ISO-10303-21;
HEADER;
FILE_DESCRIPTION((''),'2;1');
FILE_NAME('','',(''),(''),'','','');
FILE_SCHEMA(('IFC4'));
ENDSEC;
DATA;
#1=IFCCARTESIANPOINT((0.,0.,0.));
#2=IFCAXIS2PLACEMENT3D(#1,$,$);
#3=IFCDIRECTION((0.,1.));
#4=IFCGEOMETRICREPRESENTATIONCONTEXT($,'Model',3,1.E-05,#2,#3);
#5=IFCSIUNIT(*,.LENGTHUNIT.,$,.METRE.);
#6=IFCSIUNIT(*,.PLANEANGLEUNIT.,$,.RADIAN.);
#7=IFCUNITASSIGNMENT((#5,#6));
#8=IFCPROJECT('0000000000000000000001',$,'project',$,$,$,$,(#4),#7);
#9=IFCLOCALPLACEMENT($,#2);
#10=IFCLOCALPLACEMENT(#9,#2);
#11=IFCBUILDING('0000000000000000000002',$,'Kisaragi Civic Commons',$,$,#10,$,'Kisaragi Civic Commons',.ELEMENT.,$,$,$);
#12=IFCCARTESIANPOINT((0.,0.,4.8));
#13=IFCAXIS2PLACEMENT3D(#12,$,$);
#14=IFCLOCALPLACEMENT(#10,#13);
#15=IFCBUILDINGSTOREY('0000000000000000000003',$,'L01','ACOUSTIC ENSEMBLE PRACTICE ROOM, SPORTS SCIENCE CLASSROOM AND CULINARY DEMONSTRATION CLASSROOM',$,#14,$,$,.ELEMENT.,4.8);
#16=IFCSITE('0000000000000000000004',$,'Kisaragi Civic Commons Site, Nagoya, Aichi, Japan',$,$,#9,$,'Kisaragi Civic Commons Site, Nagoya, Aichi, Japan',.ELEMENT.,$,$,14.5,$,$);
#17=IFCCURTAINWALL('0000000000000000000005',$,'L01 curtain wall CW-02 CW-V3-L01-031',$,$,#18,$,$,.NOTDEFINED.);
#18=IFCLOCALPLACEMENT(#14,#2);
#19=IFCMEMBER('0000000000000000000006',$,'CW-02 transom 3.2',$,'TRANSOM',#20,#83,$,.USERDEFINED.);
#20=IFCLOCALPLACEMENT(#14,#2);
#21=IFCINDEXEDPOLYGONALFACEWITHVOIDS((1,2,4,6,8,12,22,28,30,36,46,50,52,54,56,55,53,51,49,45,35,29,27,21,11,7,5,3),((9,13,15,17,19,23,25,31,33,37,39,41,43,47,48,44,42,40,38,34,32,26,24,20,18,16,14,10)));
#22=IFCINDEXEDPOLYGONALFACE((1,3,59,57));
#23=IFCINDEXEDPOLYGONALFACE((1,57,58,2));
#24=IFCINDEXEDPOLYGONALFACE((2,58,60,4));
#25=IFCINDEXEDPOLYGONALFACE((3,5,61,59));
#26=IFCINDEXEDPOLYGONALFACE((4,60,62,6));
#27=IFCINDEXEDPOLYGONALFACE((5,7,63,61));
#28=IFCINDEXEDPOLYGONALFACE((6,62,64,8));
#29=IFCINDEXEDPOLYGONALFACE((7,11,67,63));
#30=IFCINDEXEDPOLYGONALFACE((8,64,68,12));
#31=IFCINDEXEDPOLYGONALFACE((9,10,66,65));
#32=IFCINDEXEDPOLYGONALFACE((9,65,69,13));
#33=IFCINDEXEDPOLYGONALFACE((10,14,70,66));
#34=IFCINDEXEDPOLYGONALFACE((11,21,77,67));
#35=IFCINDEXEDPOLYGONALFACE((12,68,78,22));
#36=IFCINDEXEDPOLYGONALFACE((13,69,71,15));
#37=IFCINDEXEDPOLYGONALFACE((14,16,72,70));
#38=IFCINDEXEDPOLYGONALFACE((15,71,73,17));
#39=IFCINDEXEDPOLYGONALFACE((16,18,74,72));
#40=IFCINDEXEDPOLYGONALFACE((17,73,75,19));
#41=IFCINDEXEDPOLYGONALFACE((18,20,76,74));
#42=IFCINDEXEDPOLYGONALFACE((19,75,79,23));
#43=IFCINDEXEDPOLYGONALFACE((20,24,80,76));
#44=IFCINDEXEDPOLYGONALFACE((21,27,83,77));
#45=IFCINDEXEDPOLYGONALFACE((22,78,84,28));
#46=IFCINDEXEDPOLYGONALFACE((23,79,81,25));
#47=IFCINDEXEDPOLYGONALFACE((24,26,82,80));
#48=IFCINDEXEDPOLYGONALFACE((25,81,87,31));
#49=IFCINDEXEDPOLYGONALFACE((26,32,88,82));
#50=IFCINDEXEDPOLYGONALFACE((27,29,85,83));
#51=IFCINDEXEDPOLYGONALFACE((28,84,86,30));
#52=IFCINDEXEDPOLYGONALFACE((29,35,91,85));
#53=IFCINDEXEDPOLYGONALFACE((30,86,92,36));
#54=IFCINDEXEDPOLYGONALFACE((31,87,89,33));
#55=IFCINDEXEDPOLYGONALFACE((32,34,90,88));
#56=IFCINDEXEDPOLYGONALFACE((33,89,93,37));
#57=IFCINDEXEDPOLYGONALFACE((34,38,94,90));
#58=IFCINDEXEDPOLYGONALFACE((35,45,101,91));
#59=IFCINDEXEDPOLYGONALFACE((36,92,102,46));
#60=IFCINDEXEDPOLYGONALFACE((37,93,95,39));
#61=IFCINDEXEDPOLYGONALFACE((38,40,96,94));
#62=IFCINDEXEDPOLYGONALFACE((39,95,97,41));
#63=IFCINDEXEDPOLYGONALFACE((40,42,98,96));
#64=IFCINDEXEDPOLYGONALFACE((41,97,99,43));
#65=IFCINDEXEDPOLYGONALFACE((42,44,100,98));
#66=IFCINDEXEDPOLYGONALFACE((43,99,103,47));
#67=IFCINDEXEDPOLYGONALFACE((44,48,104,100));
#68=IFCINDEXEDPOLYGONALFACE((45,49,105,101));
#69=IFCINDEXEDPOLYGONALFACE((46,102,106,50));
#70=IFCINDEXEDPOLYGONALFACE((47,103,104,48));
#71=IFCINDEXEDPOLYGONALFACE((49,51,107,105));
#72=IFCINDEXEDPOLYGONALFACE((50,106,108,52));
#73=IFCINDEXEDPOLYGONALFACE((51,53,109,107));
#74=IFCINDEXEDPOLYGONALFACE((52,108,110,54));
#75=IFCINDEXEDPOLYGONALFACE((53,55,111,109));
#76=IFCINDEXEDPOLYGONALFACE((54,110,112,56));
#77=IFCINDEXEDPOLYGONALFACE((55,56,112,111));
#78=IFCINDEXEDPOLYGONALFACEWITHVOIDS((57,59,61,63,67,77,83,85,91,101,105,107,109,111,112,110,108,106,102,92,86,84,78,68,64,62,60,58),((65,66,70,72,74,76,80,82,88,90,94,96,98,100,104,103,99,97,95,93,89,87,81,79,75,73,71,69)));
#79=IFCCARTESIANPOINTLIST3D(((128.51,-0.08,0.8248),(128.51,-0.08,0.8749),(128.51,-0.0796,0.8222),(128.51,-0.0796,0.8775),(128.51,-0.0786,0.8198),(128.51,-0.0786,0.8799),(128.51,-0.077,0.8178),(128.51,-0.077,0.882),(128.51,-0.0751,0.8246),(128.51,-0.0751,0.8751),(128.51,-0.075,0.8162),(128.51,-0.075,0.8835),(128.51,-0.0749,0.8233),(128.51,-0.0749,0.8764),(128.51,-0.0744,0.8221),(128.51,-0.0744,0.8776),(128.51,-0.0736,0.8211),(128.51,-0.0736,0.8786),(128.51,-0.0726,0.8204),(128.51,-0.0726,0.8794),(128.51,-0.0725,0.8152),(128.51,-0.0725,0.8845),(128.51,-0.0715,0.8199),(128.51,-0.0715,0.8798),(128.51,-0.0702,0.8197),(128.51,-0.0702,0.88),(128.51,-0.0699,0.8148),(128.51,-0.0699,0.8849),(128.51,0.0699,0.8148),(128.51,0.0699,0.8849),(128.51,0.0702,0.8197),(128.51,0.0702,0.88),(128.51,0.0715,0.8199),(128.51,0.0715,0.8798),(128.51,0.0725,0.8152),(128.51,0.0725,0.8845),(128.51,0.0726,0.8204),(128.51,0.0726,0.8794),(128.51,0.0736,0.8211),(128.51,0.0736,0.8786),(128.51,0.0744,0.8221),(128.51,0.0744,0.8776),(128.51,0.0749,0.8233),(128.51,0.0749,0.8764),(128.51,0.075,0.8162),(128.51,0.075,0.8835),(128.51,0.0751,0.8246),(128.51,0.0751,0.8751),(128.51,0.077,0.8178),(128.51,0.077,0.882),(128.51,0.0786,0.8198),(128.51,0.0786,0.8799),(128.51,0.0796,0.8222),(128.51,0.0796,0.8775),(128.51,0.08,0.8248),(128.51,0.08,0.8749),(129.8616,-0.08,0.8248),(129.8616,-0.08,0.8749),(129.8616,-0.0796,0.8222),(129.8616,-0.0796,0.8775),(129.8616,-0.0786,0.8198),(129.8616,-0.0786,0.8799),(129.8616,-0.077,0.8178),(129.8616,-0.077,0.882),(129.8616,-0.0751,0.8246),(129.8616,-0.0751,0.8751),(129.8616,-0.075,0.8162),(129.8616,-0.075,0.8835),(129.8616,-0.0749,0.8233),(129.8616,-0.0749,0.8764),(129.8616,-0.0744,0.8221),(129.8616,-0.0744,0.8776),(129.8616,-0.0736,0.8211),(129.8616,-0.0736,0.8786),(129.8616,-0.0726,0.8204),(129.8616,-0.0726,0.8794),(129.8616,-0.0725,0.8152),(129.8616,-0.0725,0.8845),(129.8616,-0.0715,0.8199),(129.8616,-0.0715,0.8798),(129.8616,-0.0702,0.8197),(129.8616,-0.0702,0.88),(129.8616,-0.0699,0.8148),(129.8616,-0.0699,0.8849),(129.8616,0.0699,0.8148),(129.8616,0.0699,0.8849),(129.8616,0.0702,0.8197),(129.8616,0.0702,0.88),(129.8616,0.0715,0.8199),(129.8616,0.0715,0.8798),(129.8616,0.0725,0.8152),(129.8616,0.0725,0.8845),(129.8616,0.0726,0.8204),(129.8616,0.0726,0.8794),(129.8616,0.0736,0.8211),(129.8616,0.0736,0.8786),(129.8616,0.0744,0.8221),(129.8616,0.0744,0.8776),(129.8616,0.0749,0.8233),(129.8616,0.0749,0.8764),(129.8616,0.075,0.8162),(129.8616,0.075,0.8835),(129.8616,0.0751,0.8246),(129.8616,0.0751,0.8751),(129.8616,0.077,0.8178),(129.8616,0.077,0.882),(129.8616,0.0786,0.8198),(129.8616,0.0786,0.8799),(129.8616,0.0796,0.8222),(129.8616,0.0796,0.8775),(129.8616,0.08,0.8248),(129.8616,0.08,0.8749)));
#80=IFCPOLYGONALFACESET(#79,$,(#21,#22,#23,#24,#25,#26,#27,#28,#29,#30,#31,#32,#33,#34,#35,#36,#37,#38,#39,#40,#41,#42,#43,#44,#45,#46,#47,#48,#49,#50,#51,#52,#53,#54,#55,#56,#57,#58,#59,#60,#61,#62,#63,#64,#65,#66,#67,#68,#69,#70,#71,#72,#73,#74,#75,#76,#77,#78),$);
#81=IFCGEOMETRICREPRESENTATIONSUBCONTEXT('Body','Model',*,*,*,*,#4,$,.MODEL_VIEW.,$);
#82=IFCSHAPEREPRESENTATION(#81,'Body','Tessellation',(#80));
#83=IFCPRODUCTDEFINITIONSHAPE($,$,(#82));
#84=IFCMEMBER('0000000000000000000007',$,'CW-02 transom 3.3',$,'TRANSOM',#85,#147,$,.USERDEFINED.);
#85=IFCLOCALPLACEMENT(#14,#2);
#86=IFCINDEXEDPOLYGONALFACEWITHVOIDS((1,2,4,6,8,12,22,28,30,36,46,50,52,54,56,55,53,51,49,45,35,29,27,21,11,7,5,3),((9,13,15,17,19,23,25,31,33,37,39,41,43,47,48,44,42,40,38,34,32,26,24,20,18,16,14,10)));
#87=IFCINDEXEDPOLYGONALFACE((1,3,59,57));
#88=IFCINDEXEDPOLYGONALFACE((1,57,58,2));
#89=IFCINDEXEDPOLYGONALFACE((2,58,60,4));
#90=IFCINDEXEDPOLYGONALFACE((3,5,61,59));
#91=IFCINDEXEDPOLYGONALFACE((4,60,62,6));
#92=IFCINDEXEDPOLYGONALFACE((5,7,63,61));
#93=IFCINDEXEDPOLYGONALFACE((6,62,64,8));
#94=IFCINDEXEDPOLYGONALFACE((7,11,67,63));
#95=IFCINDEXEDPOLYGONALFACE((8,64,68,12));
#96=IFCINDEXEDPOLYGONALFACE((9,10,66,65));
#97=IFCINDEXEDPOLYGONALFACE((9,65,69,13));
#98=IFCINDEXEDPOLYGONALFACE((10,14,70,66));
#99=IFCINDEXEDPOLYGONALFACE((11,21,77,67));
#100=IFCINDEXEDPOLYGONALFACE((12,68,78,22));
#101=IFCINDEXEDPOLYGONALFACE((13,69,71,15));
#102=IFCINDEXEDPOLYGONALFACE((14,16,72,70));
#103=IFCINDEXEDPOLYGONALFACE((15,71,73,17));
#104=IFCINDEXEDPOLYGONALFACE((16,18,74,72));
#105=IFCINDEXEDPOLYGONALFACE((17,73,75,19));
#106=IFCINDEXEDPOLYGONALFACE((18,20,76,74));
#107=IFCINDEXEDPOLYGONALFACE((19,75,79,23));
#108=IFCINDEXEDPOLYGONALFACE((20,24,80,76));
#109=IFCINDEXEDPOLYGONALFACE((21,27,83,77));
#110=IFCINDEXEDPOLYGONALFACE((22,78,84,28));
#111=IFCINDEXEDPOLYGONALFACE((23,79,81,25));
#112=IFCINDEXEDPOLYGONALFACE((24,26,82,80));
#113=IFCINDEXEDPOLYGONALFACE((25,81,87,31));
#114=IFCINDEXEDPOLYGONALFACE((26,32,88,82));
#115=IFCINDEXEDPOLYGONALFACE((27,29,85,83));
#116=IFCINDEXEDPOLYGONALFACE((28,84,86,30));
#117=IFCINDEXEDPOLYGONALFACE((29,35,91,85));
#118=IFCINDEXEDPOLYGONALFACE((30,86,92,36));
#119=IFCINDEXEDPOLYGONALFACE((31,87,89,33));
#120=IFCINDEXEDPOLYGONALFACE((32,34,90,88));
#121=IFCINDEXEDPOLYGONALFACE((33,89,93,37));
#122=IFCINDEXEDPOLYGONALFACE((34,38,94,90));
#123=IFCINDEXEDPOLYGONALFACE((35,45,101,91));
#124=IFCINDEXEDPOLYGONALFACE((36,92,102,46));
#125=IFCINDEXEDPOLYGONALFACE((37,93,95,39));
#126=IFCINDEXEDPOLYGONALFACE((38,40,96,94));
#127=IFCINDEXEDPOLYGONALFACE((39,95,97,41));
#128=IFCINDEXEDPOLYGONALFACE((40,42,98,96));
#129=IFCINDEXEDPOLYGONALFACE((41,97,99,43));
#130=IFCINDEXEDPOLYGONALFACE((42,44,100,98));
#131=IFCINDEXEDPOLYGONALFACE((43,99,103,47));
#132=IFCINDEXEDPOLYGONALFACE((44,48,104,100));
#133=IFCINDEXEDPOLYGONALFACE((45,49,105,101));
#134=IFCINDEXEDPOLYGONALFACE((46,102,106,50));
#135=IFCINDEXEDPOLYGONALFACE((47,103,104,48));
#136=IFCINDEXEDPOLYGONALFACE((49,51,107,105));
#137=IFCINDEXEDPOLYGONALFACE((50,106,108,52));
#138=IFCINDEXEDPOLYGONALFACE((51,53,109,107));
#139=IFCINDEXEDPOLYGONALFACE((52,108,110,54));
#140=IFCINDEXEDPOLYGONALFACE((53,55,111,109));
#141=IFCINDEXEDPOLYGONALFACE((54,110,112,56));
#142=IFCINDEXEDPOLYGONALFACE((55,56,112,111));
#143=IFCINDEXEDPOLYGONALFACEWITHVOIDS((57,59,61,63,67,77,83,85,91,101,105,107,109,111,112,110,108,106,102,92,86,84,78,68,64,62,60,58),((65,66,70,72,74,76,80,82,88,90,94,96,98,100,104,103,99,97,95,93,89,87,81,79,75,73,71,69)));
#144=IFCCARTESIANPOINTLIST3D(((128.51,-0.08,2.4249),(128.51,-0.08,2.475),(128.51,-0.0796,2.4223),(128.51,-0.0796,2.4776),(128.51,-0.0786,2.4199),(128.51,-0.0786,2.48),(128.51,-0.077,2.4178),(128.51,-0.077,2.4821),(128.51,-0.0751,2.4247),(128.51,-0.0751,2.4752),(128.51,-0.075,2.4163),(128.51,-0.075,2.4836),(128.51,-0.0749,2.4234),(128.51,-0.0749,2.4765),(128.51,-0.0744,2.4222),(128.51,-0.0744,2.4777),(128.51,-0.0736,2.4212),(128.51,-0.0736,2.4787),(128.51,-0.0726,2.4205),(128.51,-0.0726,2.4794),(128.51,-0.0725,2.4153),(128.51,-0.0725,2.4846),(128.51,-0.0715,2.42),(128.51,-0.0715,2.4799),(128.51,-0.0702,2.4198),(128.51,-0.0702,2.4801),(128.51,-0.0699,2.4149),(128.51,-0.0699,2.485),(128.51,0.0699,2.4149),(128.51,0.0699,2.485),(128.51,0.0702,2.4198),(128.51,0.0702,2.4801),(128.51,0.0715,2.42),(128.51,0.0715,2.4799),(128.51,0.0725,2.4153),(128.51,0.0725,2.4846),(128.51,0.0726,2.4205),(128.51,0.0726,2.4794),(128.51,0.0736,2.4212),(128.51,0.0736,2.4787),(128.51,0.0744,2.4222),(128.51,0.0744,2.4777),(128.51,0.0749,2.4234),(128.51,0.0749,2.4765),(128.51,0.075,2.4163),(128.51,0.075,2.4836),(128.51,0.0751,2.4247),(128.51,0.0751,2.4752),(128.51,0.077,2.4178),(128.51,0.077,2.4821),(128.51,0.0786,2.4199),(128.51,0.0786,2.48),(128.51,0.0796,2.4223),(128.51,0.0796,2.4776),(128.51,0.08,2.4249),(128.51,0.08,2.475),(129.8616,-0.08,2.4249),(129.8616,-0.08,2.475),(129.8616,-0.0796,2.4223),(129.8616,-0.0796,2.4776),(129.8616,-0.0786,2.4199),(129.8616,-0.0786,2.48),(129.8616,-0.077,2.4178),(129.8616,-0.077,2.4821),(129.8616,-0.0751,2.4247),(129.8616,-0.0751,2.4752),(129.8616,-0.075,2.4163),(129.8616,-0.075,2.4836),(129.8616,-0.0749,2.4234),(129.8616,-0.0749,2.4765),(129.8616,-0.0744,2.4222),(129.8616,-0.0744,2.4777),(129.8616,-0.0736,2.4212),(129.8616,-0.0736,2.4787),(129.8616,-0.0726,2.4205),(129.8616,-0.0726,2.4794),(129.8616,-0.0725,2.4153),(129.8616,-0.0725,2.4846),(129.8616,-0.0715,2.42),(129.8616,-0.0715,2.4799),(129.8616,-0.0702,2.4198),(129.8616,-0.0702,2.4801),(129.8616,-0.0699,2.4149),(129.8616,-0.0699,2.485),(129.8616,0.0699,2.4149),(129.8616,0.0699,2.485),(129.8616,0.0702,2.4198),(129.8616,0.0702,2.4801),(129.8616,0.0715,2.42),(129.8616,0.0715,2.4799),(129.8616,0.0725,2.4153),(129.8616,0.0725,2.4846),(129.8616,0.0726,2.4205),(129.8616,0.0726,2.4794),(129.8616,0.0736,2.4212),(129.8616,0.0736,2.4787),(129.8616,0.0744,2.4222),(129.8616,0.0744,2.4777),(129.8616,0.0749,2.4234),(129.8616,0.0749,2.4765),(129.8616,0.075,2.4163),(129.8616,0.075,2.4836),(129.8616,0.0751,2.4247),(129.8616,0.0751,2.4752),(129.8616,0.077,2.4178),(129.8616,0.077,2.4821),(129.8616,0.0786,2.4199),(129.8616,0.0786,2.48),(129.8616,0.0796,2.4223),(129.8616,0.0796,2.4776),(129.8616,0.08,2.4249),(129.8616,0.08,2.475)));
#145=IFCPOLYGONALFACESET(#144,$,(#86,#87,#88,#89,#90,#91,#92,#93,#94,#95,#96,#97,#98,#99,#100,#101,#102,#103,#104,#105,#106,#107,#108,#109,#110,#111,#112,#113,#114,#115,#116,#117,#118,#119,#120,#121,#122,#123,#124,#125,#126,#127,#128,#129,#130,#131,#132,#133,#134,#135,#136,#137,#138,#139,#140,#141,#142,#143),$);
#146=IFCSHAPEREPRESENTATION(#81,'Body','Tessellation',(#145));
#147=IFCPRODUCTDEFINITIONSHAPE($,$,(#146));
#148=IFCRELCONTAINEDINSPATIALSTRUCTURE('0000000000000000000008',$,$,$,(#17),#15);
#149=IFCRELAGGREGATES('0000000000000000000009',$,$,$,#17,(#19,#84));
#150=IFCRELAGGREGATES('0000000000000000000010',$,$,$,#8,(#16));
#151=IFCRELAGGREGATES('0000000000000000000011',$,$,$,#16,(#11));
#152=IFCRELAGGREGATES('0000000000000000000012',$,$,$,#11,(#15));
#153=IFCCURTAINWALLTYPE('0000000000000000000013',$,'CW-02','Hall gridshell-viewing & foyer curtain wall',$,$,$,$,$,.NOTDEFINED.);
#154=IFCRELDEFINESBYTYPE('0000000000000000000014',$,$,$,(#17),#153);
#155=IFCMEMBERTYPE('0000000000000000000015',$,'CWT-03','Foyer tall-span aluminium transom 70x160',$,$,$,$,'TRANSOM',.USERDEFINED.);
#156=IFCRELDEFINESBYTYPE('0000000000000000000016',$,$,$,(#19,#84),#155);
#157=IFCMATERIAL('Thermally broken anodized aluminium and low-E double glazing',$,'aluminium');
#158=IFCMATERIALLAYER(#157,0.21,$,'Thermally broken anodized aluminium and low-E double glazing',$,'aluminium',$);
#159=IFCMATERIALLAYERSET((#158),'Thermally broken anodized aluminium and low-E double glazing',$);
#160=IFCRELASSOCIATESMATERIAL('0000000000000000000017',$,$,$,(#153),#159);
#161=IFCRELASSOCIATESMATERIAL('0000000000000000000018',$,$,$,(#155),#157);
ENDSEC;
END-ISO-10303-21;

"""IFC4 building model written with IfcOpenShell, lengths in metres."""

from ifc_helpers import new_model, si_unit, direction, frame, origin, origin_2d, place, context, subcontext, project, spatial, hollow_rectangle, extrude, material, layer, layer_set, material_profile, profile_set, type_object, element, aggregate, save


model = new_model("IFC4")

# Units and contexts
model_context = context("Model", 3, precision=1e-05, world=origin(), true_north=direction((0.0, 1.0)))
body_context = subcontext(model_context, "Body", "Model", "MODEL_VIEW")
ifc_project = project(units=[si_unit("LENGTHUNIT", "METRE"), si_unit("PLANEANGLEUNIT", "RADIAN")], contexts=[model_context])

# Site, building, storey
site_placement = place(None, origin())
site = spatial("IfcSite", under=ifc_project, at=site_placement, Name="Kisaragi Civic Commons Site, Nagoya, Aichi, Japan", LongName="Kisaragi Civic Commons Site, Nagoya, Aichi, Japan", CompositionType="ELEMENT", RefElevation=14.5)
building_placement = place(site_placement, origin())
building = spatial("IfcBuilding", under=site, at=building_placement, Name="Kisaragi Civic Commons", LongName="Kisaragi Civic Commons", CompositionType="ELEMENT")
storey_placement = place(building_placement, frame((0.0, 0.0, 4.8)))
storey = spatial("IfcBuildingStorey", under=building, at=storey_placement, Name="L01", Description="ACOUSTIC ENSEMBLE PRACTICE ROOM, SPORTS SCIENCE CLASSROOM AND CULINARY DEMONSTRATION CLASSROOM", CompositionType="ELEMENT", Elevation=4.8)

# Curtain wall
ifc_material_1 = material(Name="Thermally broken anodized aluminium and low-E double glazing", Category="aluminium")
ifc_layer_1 = layer(ifc_material_1, 0.21, Name="Thermally broken anodized aluminium and low-E double glazing", Category="aluminium")
ifc_layer_set_1 = layer_set([ifc_layer_1], Name="Thermally broken anodized aluminium and low-E double glazing")
curtain_wall_type = type_object("IfcCurtainWallType", Name="CW-02", Description="Hall gridshell-viewing & foyer curtain wall", PredefinedType="NOTDEFINED", material=ifc_layer_set_1)
curtain_wall_1_placement = place(storey_placement, origin())
curtain_wall_1 = element("IfcCurtainWall", 1, at=curtain_wall_1_placement, inside=storey, type_object=curtain_wall_type, Name="L01 curtain wall CW-02 CW-V3-L01-031", PredefinedType="NOTDEFINED")

# Members
ifc_material_profile_1 = material_profile(ifc_material_1, hollow_rectangle(XDim=0.1599, YDim=0.0701, WallThickness=0.0049, InnerFilletRadius=0.0049, OuterFilletRadius=0.01, at=origin_2d()), Name="CWT-70x160x5", Category="aluminium")
ifc_profile_set_1 = profile_set([ifc_material_profile_1], Name="Thermally broken anodized aluminium and low-E double glazing")
member_type_1 = type_object("IfcMemberType", Name="CWT-03", Description="Foyer tall-span aluminium transom 70x160", ElementType="TRANSOM", PredefinedType="USERDEFINED", material=ifc_profile_set_1)
member_1_placement = place(storey_placement, frame((129.8616, 0.0, 0.8499), z_axis=(-1.0, 0.0, 0.0), x_axis=(0.0, -1.0, 0.0)))
member_1 = element("IfcMember", 2, at=member_1_placement, type_object=member_type_1, Name="CW-02 transom 3.2", ObjectType="TRANSOM", PredefinedType="USERDEFINED", context=body_context, shape_type="SweptSolid", body=[
    extrude(hollow_rectangle(XDim=0.1599, YDim=0.0701, WallThickness=0.0049, InnerFilletRadius=0.0049, OuterFilletRadius=0.01, at=origin_2d()), origin(), (0.0, 0.0, 1.0), 1.3516),
])
member_2_placement = place(storey_placement, frame((129.8616, 0.0, 2.45), z_axis=(-1.0, 0.0, 0.0), x_axis=(0.0, -1.0, 0.0)))
member_2 = element("IfcMember", 3, at=member_2_placement, type_object=member_type_1, Name="CW-02 transom 3.3", ObjectType="TRANSOM", PredefinedType="USERDEFINED", context=body_context, shape_type="SweptSolid", body=[
    extrude(hollow_rectangle(XDim=0.1599, YDim=0.0701, WallThickness=0.0049, InnerFilletRadius=0.0049, OuterFilletRadius=0.01, at=origin_2d()), origin(), (0.0, 0.0, 1.0), 1.3516),
])

aggregate(curtain_wall_1, [member_1, member_2])

save(model, "model.ifc")
